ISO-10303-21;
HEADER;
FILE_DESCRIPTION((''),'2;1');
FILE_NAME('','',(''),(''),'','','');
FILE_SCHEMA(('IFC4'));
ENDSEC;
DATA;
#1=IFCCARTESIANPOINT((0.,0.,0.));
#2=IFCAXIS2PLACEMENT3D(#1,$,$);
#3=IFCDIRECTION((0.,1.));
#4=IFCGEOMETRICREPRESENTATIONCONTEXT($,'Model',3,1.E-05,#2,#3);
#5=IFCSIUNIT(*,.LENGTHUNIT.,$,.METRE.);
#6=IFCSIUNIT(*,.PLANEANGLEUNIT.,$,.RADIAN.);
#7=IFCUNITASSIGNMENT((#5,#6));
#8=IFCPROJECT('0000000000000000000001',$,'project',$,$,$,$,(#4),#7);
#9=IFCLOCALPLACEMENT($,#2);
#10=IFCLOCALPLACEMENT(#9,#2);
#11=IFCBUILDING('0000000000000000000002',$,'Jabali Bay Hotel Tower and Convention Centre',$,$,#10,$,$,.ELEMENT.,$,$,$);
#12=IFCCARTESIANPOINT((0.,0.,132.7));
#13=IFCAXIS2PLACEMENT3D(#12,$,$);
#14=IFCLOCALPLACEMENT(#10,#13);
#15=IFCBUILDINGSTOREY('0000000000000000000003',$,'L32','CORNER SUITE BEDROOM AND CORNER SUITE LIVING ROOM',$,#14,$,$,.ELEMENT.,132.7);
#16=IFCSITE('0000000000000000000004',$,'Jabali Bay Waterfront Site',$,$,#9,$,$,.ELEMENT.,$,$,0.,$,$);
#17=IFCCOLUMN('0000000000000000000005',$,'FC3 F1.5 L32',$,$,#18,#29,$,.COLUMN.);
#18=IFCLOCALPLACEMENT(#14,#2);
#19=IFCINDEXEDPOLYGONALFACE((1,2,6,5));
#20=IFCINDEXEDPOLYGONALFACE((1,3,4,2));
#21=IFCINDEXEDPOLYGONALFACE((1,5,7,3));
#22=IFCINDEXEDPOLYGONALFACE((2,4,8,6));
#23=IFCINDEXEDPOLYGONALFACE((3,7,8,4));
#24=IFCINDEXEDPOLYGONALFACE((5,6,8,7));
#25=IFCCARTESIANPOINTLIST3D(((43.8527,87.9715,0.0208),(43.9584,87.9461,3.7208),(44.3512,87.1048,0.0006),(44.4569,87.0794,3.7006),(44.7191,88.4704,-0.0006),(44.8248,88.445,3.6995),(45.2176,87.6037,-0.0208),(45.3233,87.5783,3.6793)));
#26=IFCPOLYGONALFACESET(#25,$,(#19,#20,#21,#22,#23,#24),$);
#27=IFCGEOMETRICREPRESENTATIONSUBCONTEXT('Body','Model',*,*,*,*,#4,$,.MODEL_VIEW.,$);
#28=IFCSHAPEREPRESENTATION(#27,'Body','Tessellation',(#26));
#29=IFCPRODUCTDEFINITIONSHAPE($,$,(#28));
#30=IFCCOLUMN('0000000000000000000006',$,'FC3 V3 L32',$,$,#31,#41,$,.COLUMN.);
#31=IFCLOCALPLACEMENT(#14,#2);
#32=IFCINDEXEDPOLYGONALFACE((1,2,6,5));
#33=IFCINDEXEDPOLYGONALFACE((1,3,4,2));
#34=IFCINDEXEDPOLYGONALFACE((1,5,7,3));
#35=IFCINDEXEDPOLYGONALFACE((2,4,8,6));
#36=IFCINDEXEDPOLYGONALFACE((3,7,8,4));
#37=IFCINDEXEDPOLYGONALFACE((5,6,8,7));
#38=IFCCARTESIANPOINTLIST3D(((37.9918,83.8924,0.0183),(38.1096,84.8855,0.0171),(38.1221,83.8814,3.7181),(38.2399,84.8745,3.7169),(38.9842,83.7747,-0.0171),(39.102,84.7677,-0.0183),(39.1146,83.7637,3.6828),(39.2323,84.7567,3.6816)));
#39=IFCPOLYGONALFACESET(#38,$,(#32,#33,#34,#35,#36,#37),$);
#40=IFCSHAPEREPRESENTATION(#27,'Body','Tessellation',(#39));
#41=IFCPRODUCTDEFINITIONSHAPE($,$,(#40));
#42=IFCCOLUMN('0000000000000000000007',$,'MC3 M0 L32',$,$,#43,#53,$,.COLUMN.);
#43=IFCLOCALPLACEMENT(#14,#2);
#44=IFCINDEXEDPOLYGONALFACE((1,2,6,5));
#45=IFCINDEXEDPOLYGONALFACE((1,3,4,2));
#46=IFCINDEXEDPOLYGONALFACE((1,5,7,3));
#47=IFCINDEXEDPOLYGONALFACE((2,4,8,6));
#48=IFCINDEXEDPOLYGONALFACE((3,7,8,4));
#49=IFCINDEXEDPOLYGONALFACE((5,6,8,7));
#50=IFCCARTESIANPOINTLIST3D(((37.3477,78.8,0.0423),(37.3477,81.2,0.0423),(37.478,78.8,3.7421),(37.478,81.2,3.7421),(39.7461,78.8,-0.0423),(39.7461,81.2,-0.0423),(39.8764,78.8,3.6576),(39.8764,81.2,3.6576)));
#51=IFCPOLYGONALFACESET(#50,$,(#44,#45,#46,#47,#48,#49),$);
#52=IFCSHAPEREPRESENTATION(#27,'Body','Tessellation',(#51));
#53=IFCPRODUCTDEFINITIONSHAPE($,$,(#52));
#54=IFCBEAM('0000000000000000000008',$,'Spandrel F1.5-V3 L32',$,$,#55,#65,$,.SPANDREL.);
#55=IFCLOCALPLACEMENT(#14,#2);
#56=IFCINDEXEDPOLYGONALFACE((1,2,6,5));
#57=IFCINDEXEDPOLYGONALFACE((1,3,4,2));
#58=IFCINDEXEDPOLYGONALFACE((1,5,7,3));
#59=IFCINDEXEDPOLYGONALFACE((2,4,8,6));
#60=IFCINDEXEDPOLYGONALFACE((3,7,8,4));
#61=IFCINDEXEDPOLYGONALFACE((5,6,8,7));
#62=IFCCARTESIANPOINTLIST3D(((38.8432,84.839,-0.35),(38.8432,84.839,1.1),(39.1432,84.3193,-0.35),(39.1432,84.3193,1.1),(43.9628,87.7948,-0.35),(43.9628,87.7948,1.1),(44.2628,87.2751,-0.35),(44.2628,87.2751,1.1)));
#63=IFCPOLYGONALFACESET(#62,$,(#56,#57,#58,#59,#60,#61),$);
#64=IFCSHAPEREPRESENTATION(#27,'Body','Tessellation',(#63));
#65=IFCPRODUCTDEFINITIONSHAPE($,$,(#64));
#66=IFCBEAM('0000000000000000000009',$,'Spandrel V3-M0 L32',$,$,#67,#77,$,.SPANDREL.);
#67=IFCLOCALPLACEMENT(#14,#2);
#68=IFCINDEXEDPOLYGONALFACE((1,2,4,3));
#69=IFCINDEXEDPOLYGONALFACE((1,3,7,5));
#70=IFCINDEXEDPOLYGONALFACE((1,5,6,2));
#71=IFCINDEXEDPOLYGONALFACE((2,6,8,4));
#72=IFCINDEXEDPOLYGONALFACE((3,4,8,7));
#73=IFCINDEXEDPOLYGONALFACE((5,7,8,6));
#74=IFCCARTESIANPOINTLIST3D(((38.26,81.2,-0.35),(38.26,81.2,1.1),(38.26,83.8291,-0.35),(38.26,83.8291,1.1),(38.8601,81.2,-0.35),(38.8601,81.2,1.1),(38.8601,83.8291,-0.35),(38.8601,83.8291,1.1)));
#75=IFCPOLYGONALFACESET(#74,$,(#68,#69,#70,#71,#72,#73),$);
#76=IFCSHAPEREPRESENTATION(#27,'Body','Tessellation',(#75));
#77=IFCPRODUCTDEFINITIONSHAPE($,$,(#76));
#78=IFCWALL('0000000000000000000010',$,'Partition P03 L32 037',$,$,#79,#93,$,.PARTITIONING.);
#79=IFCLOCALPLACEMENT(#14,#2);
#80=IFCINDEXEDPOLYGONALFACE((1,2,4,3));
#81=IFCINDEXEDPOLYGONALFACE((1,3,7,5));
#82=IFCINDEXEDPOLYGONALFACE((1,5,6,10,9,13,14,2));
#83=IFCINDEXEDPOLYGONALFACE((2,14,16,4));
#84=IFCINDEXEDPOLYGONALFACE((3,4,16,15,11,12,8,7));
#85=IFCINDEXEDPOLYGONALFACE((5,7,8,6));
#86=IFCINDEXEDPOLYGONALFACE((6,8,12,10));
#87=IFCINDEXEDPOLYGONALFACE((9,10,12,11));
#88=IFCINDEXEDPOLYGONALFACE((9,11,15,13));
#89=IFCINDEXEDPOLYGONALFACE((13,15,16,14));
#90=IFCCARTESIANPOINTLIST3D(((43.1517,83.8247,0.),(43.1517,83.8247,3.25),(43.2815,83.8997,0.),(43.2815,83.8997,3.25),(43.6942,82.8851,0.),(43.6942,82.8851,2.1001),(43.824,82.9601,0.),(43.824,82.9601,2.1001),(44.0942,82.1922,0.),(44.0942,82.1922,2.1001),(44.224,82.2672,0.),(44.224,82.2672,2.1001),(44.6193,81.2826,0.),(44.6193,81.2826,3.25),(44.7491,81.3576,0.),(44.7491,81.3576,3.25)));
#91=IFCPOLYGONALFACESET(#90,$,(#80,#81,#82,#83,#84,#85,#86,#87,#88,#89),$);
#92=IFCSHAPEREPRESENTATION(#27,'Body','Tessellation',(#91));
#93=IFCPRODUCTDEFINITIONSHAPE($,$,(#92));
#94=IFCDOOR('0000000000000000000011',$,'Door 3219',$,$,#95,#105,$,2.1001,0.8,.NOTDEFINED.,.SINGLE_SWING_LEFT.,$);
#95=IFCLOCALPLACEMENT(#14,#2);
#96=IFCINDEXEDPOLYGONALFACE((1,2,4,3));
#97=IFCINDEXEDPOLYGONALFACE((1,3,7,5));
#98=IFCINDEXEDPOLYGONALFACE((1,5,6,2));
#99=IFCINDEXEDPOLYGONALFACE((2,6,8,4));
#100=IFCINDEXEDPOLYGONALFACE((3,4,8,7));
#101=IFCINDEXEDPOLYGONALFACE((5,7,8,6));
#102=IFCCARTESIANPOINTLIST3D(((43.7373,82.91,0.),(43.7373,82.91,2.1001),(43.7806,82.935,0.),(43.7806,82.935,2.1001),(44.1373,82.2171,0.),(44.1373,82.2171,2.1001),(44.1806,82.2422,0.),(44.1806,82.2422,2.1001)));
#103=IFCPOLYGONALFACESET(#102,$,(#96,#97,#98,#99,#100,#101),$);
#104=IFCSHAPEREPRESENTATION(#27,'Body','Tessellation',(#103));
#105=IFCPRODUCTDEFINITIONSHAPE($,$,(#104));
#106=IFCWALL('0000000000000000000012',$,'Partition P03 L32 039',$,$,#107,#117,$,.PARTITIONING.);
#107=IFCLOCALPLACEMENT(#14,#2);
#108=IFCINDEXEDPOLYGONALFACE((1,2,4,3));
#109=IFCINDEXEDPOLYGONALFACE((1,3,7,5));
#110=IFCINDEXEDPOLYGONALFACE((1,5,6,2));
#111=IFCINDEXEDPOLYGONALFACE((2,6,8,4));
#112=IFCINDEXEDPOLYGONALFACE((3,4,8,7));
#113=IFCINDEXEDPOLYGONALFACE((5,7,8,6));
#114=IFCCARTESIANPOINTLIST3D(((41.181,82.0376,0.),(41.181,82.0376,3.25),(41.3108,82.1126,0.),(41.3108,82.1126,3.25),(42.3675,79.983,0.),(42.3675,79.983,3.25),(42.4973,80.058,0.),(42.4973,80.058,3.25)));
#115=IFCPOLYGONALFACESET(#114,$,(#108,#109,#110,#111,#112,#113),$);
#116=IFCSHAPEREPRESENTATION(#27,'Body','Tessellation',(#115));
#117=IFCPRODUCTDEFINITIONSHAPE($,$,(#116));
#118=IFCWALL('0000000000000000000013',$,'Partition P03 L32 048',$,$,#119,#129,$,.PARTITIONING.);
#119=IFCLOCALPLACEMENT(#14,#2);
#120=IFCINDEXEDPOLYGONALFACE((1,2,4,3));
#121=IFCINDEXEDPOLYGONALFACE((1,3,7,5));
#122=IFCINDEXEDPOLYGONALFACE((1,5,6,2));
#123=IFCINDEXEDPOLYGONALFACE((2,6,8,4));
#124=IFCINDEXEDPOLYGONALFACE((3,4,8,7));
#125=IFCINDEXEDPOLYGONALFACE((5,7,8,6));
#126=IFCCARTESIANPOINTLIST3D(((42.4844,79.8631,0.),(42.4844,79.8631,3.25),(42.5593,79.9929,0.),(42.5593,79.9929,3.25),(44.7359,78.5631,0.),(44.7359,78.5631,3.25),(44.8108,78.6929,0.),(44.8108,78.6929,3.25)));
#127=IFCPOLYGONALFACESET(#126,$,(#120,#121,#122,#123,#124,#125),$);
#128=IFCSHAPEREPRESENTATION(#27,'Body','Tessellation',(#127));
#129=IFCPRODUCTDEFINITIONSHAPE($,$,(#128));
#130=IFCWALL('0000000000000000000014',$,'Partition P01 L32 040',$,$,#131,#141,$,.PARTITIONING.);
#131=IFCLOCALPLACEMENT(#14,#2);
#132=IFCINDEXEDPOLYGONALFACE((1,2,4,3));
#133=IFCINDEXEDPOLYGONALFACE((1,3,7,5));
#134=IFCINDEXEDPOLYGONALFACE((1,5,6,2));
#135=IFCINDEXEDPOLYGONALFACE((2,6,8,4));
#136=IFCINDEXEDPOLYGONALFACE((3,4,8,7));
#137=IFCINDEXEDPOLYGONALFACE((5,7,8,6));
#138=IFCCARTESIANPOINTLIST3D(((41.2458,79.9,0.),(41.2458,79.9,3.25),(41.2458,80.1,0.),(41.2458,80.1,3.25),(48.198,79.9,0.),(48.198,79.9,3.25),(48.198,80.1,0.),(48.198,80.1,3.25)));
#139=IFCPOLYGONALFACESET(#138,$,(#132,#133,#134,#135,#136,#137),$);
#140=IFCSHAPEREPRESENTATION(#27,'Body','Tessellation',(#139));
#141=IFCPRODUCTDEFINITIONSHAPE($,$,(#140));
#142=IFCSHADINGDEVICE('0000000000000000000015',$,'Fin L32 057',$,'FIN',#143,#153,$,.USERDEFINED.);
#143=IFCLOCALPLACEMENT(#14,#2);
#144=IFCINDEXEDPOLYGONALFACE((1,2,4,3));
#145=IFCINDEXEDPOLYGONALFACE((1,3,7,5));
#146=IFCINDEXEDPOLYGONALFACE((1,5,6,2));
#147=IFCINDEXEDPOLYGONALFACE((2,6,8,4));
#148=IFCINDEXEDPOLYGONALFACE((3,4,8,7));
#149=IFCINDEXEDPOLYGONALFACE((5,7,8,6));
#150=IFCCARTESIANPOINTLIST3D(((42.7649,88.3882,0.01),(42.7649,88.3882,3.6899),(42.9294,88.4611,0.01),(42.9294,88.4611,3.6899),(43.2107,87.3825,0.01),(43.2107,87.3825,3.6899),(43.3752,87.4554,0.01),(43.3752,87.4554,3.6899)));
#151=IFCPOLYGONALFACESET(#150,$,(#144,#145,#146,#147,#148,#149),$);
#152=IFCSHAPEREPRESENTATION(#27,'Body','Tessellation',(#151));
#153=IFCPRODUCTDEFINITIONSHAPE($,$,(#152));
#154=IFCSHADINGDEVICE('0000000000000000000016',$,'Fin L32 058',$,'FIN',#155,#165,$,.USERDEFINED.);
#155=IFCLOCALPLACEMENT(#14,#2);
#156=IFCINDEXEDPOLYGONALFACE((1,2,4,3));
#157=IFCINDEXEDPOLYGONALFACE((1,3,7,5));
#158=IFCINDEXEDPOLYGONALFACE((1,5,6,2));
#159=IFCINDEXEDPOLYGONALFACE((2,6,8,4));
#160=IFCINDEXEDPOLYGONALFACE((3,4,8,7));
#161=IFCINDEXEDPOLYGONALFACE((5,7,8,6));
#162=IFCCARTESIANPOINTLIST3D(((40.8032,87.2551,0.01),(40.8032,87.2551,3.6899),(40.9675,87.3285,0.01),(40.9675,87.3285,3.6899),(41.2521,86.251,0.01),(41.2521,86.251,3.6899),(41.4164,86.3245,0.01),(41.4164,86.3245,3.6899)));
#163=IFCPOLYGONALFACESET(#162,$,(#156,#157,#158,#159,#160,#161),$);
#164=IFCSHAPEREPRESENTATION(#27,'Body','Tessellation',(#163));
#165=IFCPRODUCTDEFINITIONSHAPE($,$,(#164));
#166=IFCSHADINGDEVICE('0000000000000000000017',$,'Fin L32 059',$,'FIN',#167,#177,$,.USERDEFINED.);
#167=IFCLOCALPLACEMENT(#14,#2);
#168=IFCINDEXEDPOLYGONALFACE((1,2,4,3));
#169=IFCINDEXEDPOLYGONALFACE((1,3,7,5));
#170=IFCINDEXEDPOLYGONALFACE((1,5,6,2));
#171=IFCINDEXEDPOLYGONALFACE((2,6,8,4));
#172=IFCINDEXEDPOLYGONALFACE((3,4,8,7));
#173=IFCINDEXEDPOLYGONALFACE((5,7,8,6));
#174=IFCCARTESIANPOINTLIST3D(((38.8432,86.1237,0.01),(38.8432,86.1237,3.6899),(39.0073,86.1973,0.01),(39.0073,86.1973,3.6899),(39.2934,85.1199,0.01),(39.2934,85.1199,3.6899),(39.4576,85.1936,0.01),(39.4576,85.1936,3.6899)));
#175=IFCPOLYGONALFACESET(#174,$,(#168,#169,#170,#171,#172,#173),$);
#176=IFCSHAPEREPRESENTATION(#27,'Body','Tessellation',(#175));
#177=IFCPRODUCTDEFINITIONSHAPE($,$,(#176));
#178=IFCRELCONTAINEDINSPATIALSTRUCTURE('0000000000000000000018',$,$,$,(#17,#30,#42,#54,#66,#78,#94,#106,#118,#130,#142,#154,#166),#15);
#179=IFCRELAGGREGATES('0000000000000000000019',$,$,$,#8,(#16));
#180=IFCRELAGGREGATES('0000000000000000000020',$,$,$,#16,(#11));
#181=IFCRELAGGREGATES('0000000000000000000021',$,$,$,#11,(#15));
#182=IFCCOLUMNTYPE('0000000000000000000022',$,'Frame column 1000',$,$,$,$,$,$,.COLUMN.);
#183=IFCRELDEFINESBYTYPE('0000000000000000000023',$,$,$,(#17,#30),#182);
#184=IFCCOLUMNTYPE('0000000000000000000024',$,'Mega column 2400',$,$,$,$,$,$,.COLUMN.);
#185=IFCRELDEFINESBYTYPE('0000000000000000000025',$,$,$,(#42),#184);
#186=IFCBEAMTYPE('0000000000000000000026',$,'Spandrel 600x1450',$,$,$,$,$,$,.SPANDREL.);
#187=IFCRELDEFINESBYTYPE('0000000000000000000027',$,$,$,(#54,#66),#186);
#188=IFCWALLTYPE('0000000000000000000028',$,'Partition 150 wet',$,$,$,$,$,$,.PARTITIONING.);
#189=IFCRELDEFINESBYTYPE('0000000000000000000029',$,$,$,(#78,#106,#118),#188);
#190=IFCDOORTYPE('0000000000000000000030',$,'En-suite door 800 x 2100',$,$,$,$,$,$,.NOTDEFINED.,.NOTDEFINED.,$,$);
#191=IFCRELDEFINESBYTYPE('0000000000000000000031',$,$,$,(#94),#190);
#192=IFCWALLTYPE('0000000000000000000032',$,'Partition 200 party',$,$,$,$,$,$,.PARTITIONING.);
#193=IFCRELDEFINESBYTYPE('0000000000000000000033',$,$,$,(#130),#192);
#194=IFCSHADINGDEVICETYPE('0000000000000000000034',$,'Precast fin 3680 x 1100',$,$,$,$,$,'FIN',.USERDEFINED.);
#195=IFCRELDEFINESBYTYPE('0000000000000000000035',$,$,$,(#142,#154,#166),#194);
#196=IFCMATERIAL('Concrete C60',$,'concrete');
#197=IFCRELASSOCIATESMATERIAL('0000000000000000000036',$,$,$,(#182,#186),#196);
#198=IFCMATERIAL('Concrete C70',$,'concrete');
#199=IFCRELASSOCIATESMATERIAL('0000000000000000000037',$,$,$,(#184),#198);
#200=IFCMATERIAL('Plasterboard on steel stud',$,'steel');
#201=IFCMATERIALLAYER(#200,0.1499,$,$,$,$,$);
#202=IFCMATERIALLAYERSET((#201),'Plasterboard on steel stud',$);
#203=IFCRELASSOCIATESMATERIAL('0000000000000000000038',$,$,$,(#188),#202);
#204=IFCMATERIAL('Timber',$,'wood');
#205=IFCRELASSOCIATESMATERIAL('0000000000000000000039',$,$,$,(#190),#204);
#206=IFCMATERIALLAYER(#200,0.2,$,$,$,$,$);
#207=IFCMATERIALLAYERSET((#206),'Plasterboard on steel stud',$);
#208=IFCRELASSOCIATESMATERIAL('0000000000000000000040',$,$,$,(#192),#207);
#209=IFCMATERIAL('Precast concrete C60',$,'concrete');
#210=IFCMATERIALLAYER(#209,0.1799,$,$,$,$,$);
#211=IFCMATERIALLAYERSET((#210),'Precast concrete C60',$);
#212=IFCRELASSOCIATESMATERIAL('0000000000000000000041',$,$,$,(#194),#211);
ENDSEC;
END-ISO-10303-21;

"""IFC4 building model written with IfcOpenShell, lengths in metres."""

from ifc_helpers import new_model, si_unit, direction, frame, frame_2d, origin, origin_2d, place, context, subcontext, project, spatial, rectangle, extrude, material, layer, layer_set, material_profile, profile_set, type_object, element, fill, save


model = new_model("IFC4")

# Units and contexts
model_context = context("Model", 3, precision=1e-05, world=origin(), true_north=direction((0.0, 1.0)))
body_context = subcontext(model_context, "Body", "Model", "MODEL_VIEW")
ifc_project = project(units=[si_unit("LENGTHUNIT", "METRE"), si_unit("PLANEANGLEUNIT", "RADIAN")], contexts=[model_context])

# Site, building, storey
site_placement = place(None, origin())
site = spatial("IfcSite", under=ifc_project, at=site_placement, Name="Jabali Bay Waterfront Site", CompositionType="ELEMENT", RefElevation=0.0)
building_placement = place(site_placement, origin())
building = spatial("IfcBuilding", under=site, at=building_placement, Name="Jabali Bay Hotel Tower and Convention Centre", CompositionType="ELEMENT")
storey_placement = place(building_placement, frame((0.0, 0.0, 132.7)))
storey = spatial("IfcBuildingStorey", under=building, at=storey_placement, Name="L32", Description="CORNER SUITE BEDROOM AND CORNER SUITE LIVING ROOM", CompositionType="ELEMENT", Elevation=132.7)

# Columns
ifc_material_1 = material(Name="Concrete C60", Category="concrete")
ifc_material_profile_1 = material_profile(ifc_material_1, rectangle(XDim=1.0, YDim=1.0, at=origin_2d()), Name="Frame column 1000")
ifc_profile_set_1 = profile_set([ifc_material_profile_1], Name="Concrete C60")
column_type_1 = type_object("IfcColumnType", Name="Frame column 1000", PredefinedType="COLUMN", material=ifc_profile_set_1)
column_1_placement = place(storey_placement, frame((44.5352, 87.7876, 0.0), z_axis=(0.028559, -0.006859, 0.999569), x_axis=(-0.498517, 0.866645, 0.020191)))
element("IfcColumn", 1, at=column_1_placement, inside=storey, type_object=column_type_1, Name="FC3 F1.5 L32", PredefinedType="COLUMN", context=body_context, shape_type="SweptSolid", body=[
    extrude(rectangle(XDim=1.0, YDim=1.0, at=origin_2d()), origin(), (0.0, 0.0, 1.0), 3.7017),
])
column_2_placement = place(storey_placement, frame((38.5469, 84.3301, 0.0), z_axis=(0.035214, -0.002967, 0.999375), x_axis=(-0.992415, 0.117752, 0.035318)))
element("IfcColumn", 2, at=column_2_placement, inside=storey, type_object=column_type_1, Name="FC3 V3 L32", PredefinedType="COLUMN", context=body_context, shape_type="SweptSolid", body=[
    extrude(rectangle(XDim=1.0, YDim=1.0, at=origin_2d()), origin(), (0.0, 0.0, 1.0), 3.7021),
])
ifc_material_2 = material(Name="Concrete C70", Category="concrete")
ifc_material_profile_2 = material_profile(ifc_material_2, rectangle(XDim=2.3999, YDim=2.3999, at=origin_2d()), Name="Mega column 2400")
ifc_profile_set_2 = profile_set([ifc_material_profile_2], Name="Concrete C70")
column_type_2 = type_object("IfcColumnType", Name="Mega column 2400", PredefinedType="COLUMN", material=ifc_profile_set_2)
column_3_placement = place(storey_placement, frame((38.5469, 80.0, 0.0), z_axis=(0.035214, 0.0, 0.99938), x_axis=(0.0, 1.0, 0.0)))
element("IfcColumn", 3, at=column_3_placement, inside=storey, type_object=column_type_2, Name="MC3 M0 L32", PredefinedType="COLUMN", context=body_context, shape_type="SweptSolid", body=[
    extrude(rectangle(XDim=2.3999, YDim=2.3999, at=origin_2d()), origin(), (0.0, 0.0, 1.0), 3.7021),
])

# Beams
ifc_material_profile_3 = material_profile(ifc_material_1, rectangle(XDim=0.6001, YDim=1.45, at=origin_2d()), Name="Spandrel 600x1450")
ifc_profile_set_3 = profile_set([ifc_material_profile_3], Name="Concrete C60")
beam_type = type_object("IfcBeamType", Name="Spandrel 600x1450", PredefinedType="SPANDREL", material=ifc_profile_set_3)
beam_1_placement = place(storey_placement, frame((44.1128, 87.5349, 0.375), z_axis=(-0.866026, -0.499999, 0.0), x_axis=(0.499999, -0.866026, 0.0)))
element("IfcBeam", 4, at=beam_1_placement, inside=storey, type_object=beam_type, Name="Spandrel F1.5-V3 L32", PredefinedType="SPANDREL", context=body_context, shape_type="SweptSolid", body=[
    extrude(rectangle(XDim=0.6001, YDim=1.45, at=origin_2d()), origin(), (0.0, 0.0, 1.0), 5.9116),
])
beam_2_placement = place(storey_placement, frame((38.5601, 83.8291, 0.375), z_axis=(0.0, -1.0, 0.0), x_axis=(1.0, 0.0, 0.0)))
element("IfcBeam", 5, at=beam_2_placement, inside=storey, type_object=beam_type, Name="Spandrel V3-M0 L32", PredefinedType="SPANDREL", context=body_context, shape_type="SweptSolid", body=[
    extrude(rectangle(XDim=0.6001, YDim=1.45, at=origin_2d()), origin(), (0.0, 0.0, 1.0), 2.6292),
])

# Wall, opening, door
ifc_material_3 = material(Name="Plasterboard on steel stud", Category="steel")
ifc_layer_1 = layer(ifc_material_3, 0.1499)
ifc_layer_set_1 = layer_set([ifc_layer_1], Name="Plasterboard on steel stud")
wall_type_1 = type_object("IfcWallType", Name="Partition 150 wet", PredefinedType="PARTITIONING", material=ifc_layer_set_1)
wall_1_placement = place(storey_placement, frame((43.2166, 83.8623, 0.0), z_axis=(0.0, 0.0, 1.0), x_axis=(0.499977, -0.866039, 0.0)))
wall_1 = element("IfcWall", 6, at=wall_1_placement, inside=storey, type_object=wall_type_1, Name="Partition P03 L32 037", PredefinedType="PARTITIONING", context=body_context, shape_type="SweptSolid", body=[
    extrude(rectangle(XDim=2.9353, YDim=0.1499, at=frame_2d((1.4678, 0.0))), origin(), (0.0, 0.0, 1.0), 3.25),
])
opening_1_placement = place(wall_1_placement, frame((1.0852, 0.0, 0.0)))
opening_1 = element("IfcOpeningElement", 7, at=opening_1_placement, cuts=wall_1, PredefinedType="OPENING", context=body_context, shape_type="SweptSolid", body=[
    extrude(rectangle(XDim=0.8, YDim=2.1001, at=frame_2d((0.3999, 1.05))), frame((0.0, 0.0854, 0.0), z_axis=(0.0, -1.0, 0.0), x_axis=(1.0, 0.0, 0.0)), (0.0, 0.0, 1.0), 0.1709),
])
ifc_material_4 = material(Name="Timber", Category="wood")
door_type_1 = type_object("IfcDoorType", Name="En-suite door 800 x 2100", OperationType="NOTDEFINED", PredefinedType="NOTDEFINED", material=ifc_material_4)
door_1_placement = place(opening_1_placement, origin())
door_1 = element("IfcDoor", 8, at=door_1_placement, inside=storey, type_object=door_type_1, Name="Door 3219", OperationType="SINGLE_SWING_LEFT", OverallHeight=2.1001, OverallWidth=0.8, PredefinedType="NOTDEFINED", context=body_context, shape_type="SweptSolid", body=[
    extrude(rectangle(XDim=0.8, YDim=2.1001, at=frame_2d((0.3999, 1.05))), frame((0.0, 0.0249, 0.0), z_axis=(0.0, -1.0, 0.0), x_axis=(1.0, 0.0, 0.0)), (0.0, 0.0, 1.0), 0.05),
])
fill(opening_1, door_1)

# Walls
wall_2_placement = place(storey_placement, frame((42.4324, 80.0205, 0.0), z_axis=(0.0, 0.0, 1.0), x_axis=(-0.500079, 0.86598, 0.0)))
element("IfcWall", 9, at=wall_2_placement, inside=storey, type_object=wall_type_1, Name="Partition P03 L32 039", PredefinedType="PARTITIONING", context=body_context, shape_type="SweptSolid", body=[
    extrude(rectangle(XDim=2.3726, YDim=0.1499, at=frame_2d((1.1863, 0.0))), origin(), (0.0, 0.0, 1.0), 3.25),
])
wall_3_placement = place(storey_placement, frame((42.522, 79.928, 0.0), z_axis=(0.0, 0.0, 1.0), x_axis=(0.865998, -0.500048, 0.0)))
element("IfcWall", 10, at=wall_3_placement, inside=storey, type_object=wall_type_1, Name="Partition P03 L32 048", PredefinedType="PARTITIONING", context=body_context, shape_type="SweptSolid", body=[
    extrude(rectangle(XDim=2.5999, YDim=0.1499, at=frame_2d((1.2998, 0.0))), origin(), (0.0, 0.0, 1.0), 3.25),
])
ifc_layer_2 = layer(ifc_material_3, 0.2)
ifc_layer_set_2 = layer_set([ifc_layer_2], Name="Plasterboard on steel stud")
wall_type_2 = type_object("IfcWallType", Name="Partition 200 party", PredefinedType="PARTITIONING", material=ifc_layer_set_2)
wall_4_placement = place(storey_placement, frame((41.2458, 80.0, 0.0), z_axis=(0.0, 0.0, 1.0), x_axis=(1.0, 0.0, 0.0)))
element("IfcWall", 11, at=wall_4_placement, inside=storey, type_object=wall_type_2, Name="Partition P01 L32 040", PredefinedType="PARTITIONING", context=body_context, shape_type="SweptSolid", body=[
    extrude(rectangle(XDim=6.9521, YDim=0.2, at=frame_2d((3.4761, 0.0))), origin(), (0.0, 0.0, 1.0), 3.25),
])

# Shading devices
ifc_material_5 = material(Name="Precast concrete C60", Category="concrete")
ifc_layer_3 = layer(ifc_material_5, 0.1799)
ifc_layer_set_3 = layer_set([ifc_layer_3], Name="Precast concrete C60")
shading_device_type_1 = type_object("IfcShadingDeviceType", Name="Precast fin 3680 x 1100", ElementType="FIN", PredefinedType="USERDEFINED", material=ifc_layer_set_3)
shading_device_1_placement = place(storey_placement, frame((43.293, 87.4189, 0.01), z_axis=(0.0, 0.0, 1.0), x_axis=(-0.405273, 0.914196, 0.0)))
element("IfcShadingDevice", 12, at=shading_device_1_placement, inside=storey, type_object=shading_device_type_1, Name="Fin L32 057", ObjectType="FIN", PredefinedType="USERDEFINED", context=body_context, shape_type="SweptSolid", body=[
    extrude(rectangle(XDim=1.1001, YDim=0.1799, at=frame_2d((0.55, 0.0))), origin(), (0.0, 0.0, 1.0), 3.6799),
])
shading_device_2_placement = place(storey_placement, frame((41.3342, 86.2878, 0.01), z_axis=(0.0, 0.0, 1.0), x_axis=(-0.408176, 0.912903, 0.0)))
element("IfcShadingDevice", 13, at=shading_device_2_placement, inside=storey, type_object=shading_device_type_1, Name="Fin L32 058", ObjectType="FIN", PredefinedType="USERDEFINED", context=body_context, shape_type="SweptSolid", body=[
    extrude(rectangle(XDim=1.0999, YDim=0.1799, at=frame_2d((0.5498, 0.0))), origin(), (0.0, 0.0, 1.0), 3.6799),
])
for number, where, z_axis, x_axis, name in (
    (14, (39.3755, 85.1567, 0.01), (0.0, 0.0, 1.0), (-0.409266, 0.912415, 0.0), "Fin L32 059"),
):
    element("IfcShadingDevice", number, at=place(storey_placement, frame(where, z_axis=z_axis, x_axis=x_axis)), inside=storey, type_object=shading_device_type_1, Name=name, ObjectType="FIN", PredefinedType="USERDEFINED", context=body_context, shape_type="SweptSolid", body=[
        extrude(rectangle(XDim=1.1001, YDim=0.1799, at=frame_2d((0.55, 0.0))), origin(), (0.0, 0.0, 1.0), 3.6799),
    ])

save(model, "model.ifc")
